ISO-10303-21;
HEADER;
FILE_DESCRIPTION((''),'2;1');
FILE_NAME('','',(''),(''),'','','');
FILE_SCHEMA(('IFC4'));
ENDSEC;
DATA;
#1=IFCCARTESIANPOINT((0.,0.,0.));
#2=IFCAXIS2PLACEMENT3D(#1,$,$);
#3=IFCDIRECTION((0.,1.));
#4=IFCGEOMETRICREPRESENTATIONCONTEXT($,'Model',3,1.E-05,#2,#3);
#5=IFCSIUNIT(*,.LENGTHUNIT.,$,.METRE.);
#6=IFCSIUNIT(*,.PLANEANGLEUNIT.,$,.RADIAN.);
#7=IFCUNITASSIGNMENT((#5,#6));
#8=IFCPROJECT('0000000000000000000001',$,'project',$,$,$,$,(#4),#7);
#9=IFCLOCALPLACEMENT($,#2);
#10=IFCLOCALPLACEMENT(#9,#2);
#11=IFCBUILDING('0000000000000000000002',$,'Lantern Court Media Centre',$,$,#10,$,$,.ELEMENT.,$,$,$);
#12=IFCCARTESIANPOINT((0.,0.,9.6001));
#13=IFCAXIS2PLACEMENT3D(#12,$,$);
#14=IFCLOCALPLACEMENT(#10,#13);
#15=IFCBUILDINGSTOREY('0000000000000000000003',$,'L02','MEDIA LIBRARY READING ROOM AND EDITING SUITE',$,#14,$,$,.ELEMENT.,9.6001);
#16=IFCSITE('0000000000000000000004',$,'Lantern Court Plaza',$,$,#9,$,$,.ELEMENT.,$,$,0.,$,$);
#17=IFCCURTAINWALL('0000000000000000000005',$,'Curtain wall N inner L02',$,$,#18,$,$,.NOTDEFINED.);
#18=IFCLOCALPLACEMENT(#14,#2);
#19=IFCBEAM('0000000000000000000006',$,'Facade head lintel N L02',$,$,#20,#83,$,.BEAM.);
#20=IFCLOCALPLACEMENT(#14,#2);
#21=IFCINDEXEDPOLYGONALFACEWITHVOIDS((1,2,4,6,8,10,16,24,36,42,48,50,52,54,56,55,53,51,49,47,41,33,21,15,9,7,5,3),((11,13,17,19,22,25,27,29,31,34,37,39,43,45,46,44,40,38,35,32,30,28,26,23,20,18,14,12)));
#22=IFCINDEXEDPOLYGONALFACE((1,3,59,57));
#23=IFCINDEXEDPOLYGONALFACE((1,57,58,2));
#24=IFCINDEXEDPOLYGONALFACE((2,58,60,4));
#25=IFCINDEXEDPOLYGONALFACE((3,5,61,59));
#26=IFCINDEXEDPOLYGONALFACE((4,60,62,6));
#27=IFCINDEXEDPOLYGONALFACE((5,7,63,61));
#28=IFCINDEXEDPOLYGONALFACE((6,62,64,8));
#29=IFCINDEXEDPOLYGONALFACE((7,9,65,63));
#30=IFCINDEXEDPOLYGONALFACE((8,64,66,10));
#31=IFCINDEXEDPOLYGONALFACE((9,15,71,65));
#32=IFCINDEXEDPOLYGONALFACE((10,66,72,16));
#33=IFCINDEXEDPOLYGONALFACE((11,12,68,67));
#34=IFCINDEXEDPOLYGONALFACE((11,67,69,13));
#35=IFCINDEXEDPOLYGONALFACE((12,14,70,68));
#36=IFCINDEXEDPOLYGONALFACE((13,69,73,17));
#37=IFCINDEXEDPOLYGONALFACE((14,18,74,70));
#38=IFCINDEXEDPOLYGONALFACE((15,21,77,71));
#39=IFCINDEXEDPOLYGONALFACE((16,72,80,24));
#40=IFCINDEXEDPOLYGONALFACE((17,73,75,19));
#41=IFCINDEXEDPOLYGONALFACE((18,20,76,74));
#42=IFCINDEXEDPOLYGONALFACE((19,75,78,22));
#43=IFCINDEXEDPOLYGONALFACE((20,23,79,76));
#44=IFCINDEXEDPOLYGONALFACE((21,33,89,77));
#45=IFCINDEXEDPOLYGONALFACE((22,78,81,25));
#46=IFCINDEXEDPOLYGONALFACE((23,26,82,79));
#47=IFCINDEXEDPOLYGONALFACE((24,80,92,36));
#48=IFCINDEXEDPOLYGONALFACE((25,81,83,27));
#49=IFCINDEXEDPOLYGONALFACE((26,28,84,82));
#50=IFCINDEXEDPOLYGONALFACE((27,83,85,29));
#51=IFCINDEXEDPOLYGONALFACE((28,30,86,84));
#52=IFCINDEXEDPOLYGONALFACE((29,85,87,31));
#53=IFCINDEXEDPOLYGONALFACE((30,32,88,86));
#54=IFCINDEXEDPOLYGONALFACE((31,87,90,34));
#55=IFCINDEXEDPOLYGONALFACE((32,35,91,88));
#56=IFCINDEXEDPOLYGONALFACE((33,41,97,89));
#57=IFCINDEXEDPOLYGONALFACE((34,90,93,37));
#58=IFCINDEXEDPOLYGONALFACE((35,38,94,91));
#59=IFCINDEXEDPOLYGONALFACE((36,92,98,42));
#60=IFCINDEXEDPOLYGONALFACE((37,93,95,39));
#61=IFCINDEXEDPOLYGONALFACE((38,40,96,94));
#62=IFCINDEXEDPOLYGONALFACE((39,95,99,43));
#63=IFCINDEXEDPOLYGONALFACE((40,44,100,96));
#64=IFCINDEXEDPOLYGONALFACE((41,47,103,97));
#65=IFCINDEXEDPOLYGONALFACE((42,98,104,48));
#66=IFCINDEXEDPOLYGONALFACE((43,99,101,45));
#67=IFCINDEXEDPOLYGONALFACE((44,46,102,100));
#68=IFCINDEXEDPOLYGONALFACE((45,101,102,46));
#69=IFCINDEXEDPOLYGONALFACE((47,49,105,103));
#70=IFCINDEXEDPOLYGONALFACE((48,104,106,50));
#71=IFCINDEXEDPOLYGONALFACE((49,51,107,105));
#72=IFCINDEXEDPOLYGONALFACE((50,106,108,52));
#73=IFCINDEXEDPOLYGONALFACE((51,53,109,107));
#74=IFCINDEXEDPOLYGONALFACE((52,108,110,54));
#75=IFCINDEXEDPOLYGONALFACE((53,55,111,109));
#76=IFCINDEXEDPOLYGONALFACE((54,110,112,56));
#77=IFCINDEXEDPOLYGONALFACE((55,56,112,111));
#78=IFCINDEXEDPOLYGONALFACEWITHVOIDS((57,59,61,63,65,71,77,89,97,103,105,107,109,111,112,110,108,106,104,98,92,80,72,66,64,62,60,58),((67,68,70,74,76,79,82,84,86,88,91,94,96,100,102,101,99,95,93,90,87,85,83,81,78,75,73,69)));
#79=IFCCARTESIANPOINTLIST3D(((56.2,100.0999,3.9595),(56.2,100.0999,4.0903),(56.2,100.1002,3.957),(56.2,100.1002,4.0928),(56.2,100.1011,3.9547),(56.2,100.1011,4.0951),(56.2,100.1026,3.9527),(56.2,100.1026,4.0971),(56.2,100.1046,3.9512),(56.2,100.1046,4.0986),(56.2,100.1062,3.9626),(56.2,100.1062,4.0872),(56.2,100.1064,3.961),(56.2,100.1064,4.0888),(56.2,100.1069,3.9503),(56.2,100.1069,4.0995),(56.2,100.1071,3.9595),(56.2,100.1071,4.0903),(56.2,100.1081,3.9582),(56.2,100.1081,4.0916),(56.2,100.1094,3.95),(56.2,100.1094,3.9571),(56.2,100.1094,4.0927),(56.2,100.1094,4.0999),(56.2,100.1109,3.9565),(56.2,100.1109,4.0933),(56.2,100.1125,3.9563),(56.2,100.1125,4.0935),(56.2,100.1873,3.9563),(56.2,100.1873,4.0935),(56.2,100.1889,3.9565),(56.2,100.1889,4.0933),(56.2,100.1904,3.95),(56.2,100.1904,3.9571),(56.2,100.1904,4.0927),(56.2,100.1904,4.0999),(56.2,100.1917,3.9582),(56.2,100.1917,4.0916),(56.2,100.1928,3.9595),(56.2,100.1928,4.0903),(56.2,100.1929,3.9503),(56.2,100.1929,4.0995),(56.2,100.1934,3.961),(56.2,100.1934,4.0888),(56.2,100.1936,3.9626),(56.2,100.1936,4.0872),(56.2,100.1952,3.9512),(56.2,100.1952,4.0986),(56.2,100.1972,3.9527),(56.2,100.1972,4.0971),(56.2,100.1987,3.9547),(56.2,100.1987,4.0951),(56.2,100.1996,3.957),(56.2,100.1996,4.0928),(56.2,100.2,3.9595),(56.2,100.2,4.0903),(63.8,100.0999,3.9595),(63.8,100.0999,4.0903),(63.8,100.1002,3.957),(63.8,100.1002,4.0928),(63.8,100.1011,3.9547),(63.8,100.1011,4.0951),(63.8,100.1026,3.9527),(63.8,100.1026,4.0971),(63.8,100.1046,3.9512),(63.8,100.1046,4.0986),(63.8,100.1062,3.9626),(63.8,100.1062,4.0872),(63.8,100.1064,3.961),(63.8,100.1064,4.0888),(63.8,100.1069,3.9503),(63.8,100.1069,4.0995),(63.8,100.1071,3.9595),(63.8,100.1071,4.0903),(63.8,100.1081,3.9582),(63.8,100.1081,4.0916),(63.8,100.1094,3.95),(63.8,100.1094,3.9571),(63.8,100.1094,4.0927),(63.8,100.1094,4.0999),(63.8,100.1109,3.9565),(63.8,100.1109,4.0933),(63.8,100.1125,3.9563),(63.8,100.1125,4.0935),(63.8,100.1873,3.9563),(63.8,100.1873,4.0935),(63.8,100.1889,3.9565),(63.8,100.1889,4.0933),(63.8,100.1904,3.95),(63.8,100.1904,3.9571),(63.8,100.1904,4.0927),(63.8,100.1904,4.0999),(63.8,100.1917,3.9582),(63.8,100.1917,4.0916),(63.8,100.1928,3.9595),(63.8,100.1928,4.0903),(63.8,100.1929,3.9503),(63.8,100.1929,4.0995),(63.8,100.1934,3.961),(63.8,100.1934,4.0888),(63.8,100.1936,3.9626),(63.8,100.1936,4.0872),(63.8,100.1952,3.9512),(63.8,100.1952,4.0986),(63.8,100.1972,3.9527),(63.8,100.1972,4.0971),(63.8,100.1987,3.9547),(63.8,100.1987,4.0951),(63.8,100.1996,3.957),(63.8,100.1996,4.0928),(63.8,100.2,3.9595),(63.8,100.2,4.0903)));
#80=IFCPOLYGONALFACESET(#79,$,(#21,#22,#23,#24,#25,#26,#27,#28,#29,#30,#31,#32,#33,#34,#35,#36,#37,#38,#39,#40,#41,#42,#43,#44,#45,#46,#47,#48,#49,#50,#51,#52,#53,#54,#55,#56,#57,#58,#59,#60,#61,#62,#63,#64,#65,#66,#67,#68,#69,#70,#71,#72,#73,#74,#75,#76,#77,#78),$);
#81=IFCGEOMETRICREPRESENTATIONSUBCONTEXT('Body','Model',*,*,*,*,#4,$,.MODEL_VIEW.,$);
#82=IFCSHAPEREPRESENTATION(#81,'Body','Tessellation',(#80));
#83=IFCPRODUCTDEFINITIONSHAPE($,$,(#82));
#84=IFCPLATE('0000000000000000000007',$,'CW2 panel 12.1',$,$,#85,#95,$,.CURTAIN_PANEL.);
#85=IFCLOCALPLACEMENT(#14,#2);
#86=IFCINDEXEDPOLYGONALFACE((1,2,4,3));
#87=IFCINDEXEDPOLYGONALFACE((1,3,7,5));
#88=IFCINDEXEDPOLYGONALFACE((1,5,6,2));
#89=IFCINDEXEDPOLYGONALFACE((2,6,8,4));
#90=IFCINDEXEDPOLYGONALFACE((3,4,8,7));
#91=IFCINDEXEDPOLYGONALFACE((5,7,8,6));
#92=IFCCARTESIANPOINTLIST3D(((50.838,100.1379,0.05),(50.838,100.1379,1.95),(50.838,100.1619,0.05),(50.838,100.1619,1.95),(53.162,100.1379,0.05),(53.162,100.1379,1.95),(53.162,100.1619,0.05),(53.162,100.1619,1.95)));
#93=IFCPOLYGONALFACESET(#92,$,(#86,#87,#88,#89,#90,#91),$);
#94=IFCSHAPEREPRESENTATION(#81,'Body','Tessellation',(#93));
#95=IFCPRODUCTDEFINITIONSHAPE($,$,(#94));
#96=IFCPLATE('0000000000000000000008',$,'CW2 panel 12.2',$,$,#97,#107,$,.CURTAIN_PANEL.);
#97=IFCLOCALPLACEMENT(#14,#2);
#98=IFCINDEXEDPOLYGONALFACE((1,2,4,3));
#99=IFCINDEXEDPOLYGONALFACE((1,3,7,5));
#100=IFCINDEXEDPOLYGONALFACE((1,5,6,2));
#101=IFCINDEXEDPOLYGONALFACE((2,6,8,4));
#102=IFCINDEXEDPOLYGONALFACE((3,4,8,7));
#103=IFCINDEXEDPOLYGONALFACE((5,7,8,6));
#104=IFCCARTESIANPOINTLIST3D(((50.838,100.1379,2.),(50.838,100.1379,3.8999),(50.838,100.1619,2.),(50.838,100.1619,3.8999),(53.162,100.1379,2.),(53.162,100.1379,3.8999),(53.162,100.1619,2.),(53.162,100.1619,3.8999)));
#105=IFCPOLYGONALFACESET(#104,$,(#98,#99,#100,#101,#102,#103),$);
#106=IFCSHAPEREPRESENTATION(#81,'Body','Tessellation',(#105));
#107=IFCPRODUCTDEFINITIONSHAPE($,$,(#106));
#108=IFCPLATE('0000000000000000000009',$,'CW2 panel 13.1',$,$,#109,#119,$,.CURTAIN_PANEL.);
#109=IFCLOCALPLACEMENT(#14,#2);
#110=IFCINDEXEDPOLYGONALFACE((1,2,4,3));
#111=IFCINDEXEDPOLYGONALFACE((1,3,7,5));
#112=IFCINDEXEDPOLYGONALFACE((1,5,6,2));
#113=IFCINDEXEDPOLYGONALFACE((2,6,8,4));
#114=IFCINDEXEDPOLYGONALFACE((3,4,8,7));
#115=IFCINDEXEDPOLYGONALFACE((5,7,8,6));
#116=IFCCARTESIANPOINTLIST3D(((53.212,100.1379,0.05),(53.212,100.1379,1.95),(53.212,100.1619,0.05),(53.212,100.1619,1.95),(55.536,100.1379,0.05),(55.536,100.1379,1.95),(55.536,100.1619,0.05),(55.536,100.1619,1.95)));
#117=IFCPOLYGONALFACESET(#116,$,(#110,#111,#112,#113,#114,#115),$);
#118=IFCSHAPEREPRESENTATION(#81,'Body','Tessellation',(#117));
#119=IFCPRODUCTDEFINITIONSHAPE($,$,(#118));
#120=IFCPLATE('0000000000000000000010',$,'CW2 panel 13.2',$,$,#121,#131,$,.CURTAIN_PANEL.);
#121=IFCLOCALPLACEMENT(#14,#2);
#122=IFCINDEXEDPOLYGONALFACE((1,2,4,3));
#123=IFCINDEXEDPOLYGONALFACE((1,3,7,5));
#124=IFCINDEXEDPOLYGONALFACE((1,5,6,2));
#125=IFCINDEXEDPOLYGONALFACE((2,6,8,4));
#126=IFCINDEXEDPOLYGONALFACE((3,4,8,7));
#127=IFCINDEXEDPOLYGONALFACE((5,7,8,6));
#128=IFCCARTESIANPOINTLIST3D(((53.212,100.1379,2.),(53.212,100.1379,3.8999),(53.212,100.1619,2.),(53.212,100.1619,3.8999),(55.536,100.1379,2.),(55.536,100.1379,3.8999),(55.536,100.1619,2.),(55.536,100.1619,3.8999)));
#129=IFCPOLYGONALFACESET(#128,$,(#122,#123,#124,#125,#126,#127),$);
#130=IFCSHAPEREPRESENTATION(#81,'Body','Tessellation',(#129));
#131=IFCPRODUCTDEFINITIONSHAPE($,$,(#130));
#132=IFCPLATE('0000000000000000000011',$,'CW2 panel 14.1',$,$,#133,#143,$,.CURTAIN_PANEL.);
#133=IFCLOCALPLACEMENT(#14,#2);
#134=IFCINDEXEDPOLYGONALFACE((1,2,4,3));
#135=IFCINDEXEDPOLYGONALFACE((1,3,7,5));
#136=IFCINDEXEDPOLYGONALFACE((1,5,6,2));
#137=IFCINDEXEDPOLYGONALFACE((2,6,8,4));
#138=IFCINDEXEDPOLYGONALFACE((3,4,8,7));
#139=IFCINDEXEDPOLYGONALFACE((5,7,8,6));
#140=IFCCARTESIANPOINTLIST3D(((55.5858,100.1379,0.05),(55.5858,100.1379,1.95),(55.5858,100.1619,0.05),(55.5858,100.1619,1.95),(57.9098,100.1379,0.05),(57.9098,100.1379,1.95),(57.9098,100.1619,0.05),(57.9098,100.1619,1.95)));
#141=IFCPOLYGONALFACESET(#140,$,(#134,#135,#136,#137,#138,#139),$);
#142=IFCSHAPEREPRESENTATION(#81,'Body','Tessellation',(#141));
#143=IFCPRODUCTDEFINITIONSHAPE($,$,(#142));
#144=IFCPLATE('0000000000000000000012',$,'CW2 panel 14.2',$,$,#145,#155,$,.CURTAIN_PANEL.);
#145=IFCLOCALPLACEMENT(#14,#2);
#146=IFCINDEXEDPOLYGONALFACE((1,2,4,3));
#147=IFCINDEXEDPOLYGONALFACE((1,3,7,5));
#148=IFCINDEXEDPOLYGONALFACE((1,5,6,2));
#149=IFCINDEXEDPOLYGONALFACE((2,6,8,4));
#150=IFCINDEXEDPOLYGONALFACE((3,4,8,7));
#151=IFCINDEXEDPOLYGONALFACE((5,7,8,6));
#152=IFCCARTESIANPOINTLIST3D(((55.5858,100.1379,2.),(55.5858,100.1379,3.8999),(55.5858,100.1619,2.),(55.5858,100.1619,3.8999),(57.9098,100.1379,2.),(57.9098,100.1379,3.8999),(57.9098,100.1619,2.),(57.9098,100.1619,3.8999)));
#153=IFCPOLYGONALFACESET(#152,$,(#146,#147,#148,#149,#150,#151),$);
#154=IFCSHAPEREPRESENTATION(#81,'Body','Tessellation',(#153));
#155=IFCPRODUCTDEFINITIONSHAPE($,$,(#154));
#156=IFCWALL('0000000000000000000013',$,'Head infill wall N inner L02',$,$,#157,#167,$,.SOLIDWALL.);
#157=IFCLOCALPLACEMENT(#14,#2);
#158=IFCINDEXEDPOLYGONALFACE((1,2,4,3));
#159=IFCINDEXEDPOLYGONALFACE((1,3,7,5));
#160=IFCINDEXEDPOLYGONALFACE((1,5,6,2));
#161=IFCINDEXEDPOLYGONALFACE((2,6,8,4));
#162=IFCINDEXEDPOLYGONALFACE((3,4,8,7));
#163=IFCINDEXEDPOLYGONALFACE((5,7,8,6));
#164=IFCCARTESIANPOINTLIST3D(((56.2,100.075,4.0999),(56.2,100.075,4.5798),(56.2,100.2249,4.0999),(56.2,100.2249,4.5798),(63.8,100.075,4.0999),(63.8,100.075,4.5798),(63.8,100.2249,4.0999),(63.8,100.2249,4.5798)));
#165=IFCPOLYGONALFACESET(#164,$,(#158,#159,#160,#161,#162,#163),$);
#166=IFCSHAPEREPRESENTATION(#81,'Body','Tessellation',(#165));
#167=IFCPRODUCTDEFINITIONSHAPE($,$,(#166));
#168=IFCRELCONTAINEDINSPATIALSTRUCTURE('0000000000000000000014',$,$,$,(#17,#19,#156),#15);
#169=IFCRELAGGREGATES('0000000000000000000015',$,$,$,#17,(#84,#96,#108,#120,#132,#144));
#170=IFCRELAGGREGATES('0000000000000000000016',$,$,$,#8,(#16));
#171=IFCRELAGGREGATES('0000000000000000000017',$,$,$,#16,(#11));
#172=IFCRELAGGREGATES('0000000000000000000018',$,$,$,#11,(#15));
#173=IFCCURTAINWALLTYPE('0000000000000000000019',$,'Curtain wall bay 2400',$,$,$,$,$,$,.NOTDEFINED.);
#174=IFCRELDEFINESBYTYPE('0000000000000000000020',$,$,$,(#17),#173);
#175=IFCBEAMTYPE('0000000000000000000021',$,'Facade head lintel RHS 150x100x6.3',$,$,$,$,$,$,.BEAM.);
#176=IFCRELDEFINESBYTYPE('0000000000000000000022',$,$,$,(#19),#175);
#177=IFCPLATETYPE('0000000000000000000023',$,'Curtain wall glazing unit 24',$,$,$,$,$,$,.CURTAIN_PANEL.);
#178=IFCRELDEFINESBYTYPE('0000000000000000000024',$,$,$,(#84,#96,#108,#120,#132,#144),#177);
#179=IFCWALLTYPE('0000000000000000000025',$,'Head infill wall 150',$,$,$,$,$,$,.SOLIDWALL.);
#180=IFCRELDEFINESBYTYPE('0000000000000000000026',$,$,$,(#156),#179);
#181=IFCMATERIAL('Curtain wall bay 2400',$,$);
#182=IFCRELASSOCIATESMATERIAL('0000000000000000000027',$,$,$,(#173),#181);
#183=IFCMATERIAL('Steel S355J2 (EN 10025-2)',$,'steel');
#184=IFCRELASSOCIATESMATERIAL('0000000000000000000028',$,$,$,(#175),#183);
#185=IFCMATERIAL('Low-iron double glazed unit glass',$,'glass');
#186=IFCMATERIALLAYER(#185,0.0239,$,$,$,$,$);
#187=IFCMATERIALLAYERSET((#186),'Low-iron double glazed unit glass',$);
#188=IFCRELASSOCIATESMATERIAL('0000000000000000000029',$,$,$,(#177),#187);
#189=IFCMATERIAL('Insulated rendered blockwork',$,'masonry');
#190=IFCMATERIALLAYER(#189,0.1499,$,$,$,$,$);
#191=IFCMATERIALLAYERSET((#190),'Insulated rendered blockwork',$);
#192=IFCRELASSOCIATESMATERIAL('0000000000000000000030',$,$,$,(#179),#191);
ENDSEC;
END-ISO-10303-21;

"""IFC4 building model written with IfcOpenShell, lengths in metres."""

from ifc_helpers import new_model, si_unit, direction, frame, frame_2d, origin, origin_2d, place, context, subcontext, project, spatial, rectangle, hollow_rectangle, extrude, material, layer, layer_set, material_profile, profile_set, type_object, element, aggregate, save


model = new_model("IFC4")

# Units and contexts
model_context = context("Model", 3, precision=1e-05, world=origin(), true_north=direction((0.0, 1.0)))
body_context = subcontext(model_context, "Body", "Model", "MODEL_VIEW")
ifc_project = project(units=[si_unit("LENGTHUNIT", "METRE"), si_unit("PLANEANGLEUNIT", "RADIAN")], contexts=[model_context])

# Site, building, storey
site_placement = place(None, origin())
site = spatial("IfcSite", under=ifc_project, at=site_placement, Name="Lantern Court Plaza", CompositionType="ELEMENT", RefElevation=0.0)
building_placement = place(site_placement, origin())
building = spatial("IfcBuilding", under=site, at=building_placement, Name="Lantern Court Media Centre", CompositionType="ELEMENT")
storey_placement = place(building_placement, frame((0.0, 0.0, 9.6001)))
storey = spatial("IfcBuildingStorey", under=building, at=storey_placement, Name="L02", Description="MEDIA LIBRARY READING ROOM AND EDITING SUITE", CompositionType="ELEMENT", Elevation=9.6001)

# Curtain wall
ifc_material_1 = material(Name="Curtain wall bay 2400")
curtain_wall_type = type_object("IfcCurtainWallType", Name="Curtain wall bay 2400", PredefinedType="NOTDEFINED", material=ifc_material_1)
curtain_wall_placement = place(storey_placement, origin())
curtain_wall = element("IfcCurtainWall", 1, at=curtain_wall_placement, inside=storey, type_object=curtain_wall_type, Name="Curtain wall N inner L02", PredefinedType="NOTDEFINED")

# Beam
ifc_material_2 = material(Name="Steel S355J2 (EN 10025-2)", Category="steel")
ifc_material_profile_1 = material_profile(ifc_material_2, hollow_rectangle(XDim=0.1001, YDim=0.1499, WallThickness=0.0063, InnerFilletRadius=0.0063, OuterFilletRadius=0.0095, at=origin_2d()), Name="Facade head lintel RHS 150x100x6.3")
ifc_profile_set_1 = profile_set([ifc_material_profile_1], Name="Steel S355J2 (EN 10025-2)")
beam_type = type_object("IfcBeamType", Name="Facade head lintel RHS 150x100x6.3", PredefinedType="BEAM", material=ifc_profile_set_1)
beam_placement = place(storey_placement, frame((56.2, 100.1499, 4.0249), z_axis=(1.0, 0.0, 0.0), x_axis=(0.0, 1.0, 0.0)))
element("IfcBeam", 2, at=beam_placement, inside=storey, type_object=beam_type, Name="Facade head lintel N L02", PredefinedType="BEAM", context=body_context, shape_type="SweptSolid", body=[
    extrude(hollow_rectangle(XDim=0.1001, YDim=0.1499, WallThickness=0.0063, InnerFilletRadius=0.0063, OuterFilletRadius=0.0095, at=origin_2d()), origin(), (0.0, 0.0, 1.0), 7.6001),
])

# Plates
ifc_material_3 = material(Name="Low-iron double glazed unit glass", Category="glass")
ifc_layer_1 = layer(ifc_material_3, 0.0239)
ifc_layer_set_1 = layer_set([ifc_layer_1], Name="Low-iron double glazed unit glass")
plate_type = type_object("IfcPlateType", Name="Curtain wall glazing unit 24", PredefinedType="CURTAIN_PANEL", material=ifc_layer_set_1)
plate_1_placement = place(storey_placement, frame((52.0, 100.1499, 0.05), z_axis=(0.0, 0.0, 1.0), x_axis=(1.0, 0.0, 0.0)))
plate_1 = element("IfcPlate", 3, at=plate_1_placement, type_object=plate_type, Name="CW2 panel 12.1", PredefinedType="CURTAIN_PANEL", context=body_context, shape_type="SweptSolid", body=[
    extrude(rectangle(XDim=2.324, YDim=0.0239, at=origin_2d()), origin(), (0.0, 0.0, 1.0), 1.8999),
])
plate_2_placement = place(storey_placement, frame((52.0, 100.1499, 2.0), z_axis=(0.0, 0.0, 1.0), x_axis=(1.0, 0.0, 0.0)))
plate_2 = element("IfcPlate", 4, at=plate_2_placement, type_object=plate_type, Name="CW2 panel 12.2", PredefinedType="CURTAIN_PANEL", context=body_context, shape_type="SweptSolid", body=[
    extrude(rectangle(XDim=2.324, YDim=0.0239, at=origin_2d()), origin(), (0.0, 0.0, 1.0), 1.8999),
])
plate_3_placement = place(storey_placement, frame((54.374, 100.1499, 0.05), z_axis=(0.0, 0.0, 1.0), x_axis=(1.0, 0.0, 0.0)))
plate_3 = element("IfcPlate", 5, at=plate_3_placement, type_object=plate_type, Name="CW2 panel 13.1", PredefinedType="CURTAIN_PANEL", context=body_context, shape_type="SweptSolid", body=[
    extrude(rectangle(XDim=2.324, YDim=0.0239, at=origin_2d()), origin(), (0.0, 0.0, 1.0), 1.8999),
])
plate_4_placement = place(storey_placement, frame((54.374, 100.1499, 2.0), z_axis=(0.0, 0.0, 1.0), x_axis=(1.0, 0.0, 0.0)))
plate_4 = element("IfcPlate", 6, at=plate_4_placement, type_object=plate_type, Name="CW2 panel 13.2", PredefinedType="CURTAIN_PANEL", context=body_context, shape_type="SweptSolid", body=[
    extrude(rectangle(XDim=2.324, YDim=0.0239, at=origin_2d()), origin(), (0.0, 0.0, 1.0), 1.8999),
])
plate_5_placement = place(storey_placement, frame((56.7478, 100.1499, 0.05), z_axis=(0.0, 0.0, 1.0), x_axis=(1.0, 0.0, 0.0)))
plate_5 = element("IfcPlate", 7, at=plate_5_placement, type_object=plate_type, Name="CW2 panel 14.1", PredefinedType="CURTAIN_PANEL", context=body_context, shape_type="SweptSolid", body=[
    extrude(rectangle(XDim=2.324, YDim=0.0239, at=origin_2d()), origin(), (0.0, 0.0, 1.0), 1.8999),
])
plate_6_placement = place(storey_placement, frame((56.7478, 100.1499, 2.0), z_axis=(0.0, 0.0, 1.0), x_axis=(1.0, 0.0, 0.0)))
plate_6 = element("IfcPlate", 8, at=plate_6_placement, type_object=plate_type, Name="CW2 panel 14.2", PredefinedType="CURTAIN_PANEL", context=body_context, shape_type="SweptSolid", body=[
    extrude(rectangle(XDim=2.324, YDim=0.0239, at=origin_2d()), origin(), (0.0, 0.0, 1.0), 1.8999),
])
aggregate(curtain_wall, [plate_1, plate_2, plate_3, plate_4, plate_5, plate_6])

# Wall
ifc_material_4 = material(Name="Insulated rendered blockwork", Category="masonry")
ifc_layer_2 = layer(ifc_material_4, 0.1499)
ifc_layer_set_2 = layer_set([ifc_layer_2], Name="Insulated rendered blockwork")
wall_type = type_object("IfcWallType", Name="Head infill wall 150", PredefinedType="SOLIDWALL", material=ifc_layer_set_2)
wall_placement = place(storey_placement, frame((56.2, 100.1499, 4.0999), z_axis=(0.0, 0.0, 1.0), x_axis=(1.0, 0.0, 0.0)))
element("IfcWall", 9, at=wall_placement, inside=storey, type_object=wall_type, Name="Head infill wall N inner L02", PredefinedType="SOLIDWALL", context=body_context, shape_type="SweptSolid", body=[
    extrude(rectangle(XDim=7.6001, YDim=0.1499, at=frame_2d((3.8, 0.0))), origin(), (0.0, 0.0, 1.0), 0.48),
])

save(model, "model.ifc")
